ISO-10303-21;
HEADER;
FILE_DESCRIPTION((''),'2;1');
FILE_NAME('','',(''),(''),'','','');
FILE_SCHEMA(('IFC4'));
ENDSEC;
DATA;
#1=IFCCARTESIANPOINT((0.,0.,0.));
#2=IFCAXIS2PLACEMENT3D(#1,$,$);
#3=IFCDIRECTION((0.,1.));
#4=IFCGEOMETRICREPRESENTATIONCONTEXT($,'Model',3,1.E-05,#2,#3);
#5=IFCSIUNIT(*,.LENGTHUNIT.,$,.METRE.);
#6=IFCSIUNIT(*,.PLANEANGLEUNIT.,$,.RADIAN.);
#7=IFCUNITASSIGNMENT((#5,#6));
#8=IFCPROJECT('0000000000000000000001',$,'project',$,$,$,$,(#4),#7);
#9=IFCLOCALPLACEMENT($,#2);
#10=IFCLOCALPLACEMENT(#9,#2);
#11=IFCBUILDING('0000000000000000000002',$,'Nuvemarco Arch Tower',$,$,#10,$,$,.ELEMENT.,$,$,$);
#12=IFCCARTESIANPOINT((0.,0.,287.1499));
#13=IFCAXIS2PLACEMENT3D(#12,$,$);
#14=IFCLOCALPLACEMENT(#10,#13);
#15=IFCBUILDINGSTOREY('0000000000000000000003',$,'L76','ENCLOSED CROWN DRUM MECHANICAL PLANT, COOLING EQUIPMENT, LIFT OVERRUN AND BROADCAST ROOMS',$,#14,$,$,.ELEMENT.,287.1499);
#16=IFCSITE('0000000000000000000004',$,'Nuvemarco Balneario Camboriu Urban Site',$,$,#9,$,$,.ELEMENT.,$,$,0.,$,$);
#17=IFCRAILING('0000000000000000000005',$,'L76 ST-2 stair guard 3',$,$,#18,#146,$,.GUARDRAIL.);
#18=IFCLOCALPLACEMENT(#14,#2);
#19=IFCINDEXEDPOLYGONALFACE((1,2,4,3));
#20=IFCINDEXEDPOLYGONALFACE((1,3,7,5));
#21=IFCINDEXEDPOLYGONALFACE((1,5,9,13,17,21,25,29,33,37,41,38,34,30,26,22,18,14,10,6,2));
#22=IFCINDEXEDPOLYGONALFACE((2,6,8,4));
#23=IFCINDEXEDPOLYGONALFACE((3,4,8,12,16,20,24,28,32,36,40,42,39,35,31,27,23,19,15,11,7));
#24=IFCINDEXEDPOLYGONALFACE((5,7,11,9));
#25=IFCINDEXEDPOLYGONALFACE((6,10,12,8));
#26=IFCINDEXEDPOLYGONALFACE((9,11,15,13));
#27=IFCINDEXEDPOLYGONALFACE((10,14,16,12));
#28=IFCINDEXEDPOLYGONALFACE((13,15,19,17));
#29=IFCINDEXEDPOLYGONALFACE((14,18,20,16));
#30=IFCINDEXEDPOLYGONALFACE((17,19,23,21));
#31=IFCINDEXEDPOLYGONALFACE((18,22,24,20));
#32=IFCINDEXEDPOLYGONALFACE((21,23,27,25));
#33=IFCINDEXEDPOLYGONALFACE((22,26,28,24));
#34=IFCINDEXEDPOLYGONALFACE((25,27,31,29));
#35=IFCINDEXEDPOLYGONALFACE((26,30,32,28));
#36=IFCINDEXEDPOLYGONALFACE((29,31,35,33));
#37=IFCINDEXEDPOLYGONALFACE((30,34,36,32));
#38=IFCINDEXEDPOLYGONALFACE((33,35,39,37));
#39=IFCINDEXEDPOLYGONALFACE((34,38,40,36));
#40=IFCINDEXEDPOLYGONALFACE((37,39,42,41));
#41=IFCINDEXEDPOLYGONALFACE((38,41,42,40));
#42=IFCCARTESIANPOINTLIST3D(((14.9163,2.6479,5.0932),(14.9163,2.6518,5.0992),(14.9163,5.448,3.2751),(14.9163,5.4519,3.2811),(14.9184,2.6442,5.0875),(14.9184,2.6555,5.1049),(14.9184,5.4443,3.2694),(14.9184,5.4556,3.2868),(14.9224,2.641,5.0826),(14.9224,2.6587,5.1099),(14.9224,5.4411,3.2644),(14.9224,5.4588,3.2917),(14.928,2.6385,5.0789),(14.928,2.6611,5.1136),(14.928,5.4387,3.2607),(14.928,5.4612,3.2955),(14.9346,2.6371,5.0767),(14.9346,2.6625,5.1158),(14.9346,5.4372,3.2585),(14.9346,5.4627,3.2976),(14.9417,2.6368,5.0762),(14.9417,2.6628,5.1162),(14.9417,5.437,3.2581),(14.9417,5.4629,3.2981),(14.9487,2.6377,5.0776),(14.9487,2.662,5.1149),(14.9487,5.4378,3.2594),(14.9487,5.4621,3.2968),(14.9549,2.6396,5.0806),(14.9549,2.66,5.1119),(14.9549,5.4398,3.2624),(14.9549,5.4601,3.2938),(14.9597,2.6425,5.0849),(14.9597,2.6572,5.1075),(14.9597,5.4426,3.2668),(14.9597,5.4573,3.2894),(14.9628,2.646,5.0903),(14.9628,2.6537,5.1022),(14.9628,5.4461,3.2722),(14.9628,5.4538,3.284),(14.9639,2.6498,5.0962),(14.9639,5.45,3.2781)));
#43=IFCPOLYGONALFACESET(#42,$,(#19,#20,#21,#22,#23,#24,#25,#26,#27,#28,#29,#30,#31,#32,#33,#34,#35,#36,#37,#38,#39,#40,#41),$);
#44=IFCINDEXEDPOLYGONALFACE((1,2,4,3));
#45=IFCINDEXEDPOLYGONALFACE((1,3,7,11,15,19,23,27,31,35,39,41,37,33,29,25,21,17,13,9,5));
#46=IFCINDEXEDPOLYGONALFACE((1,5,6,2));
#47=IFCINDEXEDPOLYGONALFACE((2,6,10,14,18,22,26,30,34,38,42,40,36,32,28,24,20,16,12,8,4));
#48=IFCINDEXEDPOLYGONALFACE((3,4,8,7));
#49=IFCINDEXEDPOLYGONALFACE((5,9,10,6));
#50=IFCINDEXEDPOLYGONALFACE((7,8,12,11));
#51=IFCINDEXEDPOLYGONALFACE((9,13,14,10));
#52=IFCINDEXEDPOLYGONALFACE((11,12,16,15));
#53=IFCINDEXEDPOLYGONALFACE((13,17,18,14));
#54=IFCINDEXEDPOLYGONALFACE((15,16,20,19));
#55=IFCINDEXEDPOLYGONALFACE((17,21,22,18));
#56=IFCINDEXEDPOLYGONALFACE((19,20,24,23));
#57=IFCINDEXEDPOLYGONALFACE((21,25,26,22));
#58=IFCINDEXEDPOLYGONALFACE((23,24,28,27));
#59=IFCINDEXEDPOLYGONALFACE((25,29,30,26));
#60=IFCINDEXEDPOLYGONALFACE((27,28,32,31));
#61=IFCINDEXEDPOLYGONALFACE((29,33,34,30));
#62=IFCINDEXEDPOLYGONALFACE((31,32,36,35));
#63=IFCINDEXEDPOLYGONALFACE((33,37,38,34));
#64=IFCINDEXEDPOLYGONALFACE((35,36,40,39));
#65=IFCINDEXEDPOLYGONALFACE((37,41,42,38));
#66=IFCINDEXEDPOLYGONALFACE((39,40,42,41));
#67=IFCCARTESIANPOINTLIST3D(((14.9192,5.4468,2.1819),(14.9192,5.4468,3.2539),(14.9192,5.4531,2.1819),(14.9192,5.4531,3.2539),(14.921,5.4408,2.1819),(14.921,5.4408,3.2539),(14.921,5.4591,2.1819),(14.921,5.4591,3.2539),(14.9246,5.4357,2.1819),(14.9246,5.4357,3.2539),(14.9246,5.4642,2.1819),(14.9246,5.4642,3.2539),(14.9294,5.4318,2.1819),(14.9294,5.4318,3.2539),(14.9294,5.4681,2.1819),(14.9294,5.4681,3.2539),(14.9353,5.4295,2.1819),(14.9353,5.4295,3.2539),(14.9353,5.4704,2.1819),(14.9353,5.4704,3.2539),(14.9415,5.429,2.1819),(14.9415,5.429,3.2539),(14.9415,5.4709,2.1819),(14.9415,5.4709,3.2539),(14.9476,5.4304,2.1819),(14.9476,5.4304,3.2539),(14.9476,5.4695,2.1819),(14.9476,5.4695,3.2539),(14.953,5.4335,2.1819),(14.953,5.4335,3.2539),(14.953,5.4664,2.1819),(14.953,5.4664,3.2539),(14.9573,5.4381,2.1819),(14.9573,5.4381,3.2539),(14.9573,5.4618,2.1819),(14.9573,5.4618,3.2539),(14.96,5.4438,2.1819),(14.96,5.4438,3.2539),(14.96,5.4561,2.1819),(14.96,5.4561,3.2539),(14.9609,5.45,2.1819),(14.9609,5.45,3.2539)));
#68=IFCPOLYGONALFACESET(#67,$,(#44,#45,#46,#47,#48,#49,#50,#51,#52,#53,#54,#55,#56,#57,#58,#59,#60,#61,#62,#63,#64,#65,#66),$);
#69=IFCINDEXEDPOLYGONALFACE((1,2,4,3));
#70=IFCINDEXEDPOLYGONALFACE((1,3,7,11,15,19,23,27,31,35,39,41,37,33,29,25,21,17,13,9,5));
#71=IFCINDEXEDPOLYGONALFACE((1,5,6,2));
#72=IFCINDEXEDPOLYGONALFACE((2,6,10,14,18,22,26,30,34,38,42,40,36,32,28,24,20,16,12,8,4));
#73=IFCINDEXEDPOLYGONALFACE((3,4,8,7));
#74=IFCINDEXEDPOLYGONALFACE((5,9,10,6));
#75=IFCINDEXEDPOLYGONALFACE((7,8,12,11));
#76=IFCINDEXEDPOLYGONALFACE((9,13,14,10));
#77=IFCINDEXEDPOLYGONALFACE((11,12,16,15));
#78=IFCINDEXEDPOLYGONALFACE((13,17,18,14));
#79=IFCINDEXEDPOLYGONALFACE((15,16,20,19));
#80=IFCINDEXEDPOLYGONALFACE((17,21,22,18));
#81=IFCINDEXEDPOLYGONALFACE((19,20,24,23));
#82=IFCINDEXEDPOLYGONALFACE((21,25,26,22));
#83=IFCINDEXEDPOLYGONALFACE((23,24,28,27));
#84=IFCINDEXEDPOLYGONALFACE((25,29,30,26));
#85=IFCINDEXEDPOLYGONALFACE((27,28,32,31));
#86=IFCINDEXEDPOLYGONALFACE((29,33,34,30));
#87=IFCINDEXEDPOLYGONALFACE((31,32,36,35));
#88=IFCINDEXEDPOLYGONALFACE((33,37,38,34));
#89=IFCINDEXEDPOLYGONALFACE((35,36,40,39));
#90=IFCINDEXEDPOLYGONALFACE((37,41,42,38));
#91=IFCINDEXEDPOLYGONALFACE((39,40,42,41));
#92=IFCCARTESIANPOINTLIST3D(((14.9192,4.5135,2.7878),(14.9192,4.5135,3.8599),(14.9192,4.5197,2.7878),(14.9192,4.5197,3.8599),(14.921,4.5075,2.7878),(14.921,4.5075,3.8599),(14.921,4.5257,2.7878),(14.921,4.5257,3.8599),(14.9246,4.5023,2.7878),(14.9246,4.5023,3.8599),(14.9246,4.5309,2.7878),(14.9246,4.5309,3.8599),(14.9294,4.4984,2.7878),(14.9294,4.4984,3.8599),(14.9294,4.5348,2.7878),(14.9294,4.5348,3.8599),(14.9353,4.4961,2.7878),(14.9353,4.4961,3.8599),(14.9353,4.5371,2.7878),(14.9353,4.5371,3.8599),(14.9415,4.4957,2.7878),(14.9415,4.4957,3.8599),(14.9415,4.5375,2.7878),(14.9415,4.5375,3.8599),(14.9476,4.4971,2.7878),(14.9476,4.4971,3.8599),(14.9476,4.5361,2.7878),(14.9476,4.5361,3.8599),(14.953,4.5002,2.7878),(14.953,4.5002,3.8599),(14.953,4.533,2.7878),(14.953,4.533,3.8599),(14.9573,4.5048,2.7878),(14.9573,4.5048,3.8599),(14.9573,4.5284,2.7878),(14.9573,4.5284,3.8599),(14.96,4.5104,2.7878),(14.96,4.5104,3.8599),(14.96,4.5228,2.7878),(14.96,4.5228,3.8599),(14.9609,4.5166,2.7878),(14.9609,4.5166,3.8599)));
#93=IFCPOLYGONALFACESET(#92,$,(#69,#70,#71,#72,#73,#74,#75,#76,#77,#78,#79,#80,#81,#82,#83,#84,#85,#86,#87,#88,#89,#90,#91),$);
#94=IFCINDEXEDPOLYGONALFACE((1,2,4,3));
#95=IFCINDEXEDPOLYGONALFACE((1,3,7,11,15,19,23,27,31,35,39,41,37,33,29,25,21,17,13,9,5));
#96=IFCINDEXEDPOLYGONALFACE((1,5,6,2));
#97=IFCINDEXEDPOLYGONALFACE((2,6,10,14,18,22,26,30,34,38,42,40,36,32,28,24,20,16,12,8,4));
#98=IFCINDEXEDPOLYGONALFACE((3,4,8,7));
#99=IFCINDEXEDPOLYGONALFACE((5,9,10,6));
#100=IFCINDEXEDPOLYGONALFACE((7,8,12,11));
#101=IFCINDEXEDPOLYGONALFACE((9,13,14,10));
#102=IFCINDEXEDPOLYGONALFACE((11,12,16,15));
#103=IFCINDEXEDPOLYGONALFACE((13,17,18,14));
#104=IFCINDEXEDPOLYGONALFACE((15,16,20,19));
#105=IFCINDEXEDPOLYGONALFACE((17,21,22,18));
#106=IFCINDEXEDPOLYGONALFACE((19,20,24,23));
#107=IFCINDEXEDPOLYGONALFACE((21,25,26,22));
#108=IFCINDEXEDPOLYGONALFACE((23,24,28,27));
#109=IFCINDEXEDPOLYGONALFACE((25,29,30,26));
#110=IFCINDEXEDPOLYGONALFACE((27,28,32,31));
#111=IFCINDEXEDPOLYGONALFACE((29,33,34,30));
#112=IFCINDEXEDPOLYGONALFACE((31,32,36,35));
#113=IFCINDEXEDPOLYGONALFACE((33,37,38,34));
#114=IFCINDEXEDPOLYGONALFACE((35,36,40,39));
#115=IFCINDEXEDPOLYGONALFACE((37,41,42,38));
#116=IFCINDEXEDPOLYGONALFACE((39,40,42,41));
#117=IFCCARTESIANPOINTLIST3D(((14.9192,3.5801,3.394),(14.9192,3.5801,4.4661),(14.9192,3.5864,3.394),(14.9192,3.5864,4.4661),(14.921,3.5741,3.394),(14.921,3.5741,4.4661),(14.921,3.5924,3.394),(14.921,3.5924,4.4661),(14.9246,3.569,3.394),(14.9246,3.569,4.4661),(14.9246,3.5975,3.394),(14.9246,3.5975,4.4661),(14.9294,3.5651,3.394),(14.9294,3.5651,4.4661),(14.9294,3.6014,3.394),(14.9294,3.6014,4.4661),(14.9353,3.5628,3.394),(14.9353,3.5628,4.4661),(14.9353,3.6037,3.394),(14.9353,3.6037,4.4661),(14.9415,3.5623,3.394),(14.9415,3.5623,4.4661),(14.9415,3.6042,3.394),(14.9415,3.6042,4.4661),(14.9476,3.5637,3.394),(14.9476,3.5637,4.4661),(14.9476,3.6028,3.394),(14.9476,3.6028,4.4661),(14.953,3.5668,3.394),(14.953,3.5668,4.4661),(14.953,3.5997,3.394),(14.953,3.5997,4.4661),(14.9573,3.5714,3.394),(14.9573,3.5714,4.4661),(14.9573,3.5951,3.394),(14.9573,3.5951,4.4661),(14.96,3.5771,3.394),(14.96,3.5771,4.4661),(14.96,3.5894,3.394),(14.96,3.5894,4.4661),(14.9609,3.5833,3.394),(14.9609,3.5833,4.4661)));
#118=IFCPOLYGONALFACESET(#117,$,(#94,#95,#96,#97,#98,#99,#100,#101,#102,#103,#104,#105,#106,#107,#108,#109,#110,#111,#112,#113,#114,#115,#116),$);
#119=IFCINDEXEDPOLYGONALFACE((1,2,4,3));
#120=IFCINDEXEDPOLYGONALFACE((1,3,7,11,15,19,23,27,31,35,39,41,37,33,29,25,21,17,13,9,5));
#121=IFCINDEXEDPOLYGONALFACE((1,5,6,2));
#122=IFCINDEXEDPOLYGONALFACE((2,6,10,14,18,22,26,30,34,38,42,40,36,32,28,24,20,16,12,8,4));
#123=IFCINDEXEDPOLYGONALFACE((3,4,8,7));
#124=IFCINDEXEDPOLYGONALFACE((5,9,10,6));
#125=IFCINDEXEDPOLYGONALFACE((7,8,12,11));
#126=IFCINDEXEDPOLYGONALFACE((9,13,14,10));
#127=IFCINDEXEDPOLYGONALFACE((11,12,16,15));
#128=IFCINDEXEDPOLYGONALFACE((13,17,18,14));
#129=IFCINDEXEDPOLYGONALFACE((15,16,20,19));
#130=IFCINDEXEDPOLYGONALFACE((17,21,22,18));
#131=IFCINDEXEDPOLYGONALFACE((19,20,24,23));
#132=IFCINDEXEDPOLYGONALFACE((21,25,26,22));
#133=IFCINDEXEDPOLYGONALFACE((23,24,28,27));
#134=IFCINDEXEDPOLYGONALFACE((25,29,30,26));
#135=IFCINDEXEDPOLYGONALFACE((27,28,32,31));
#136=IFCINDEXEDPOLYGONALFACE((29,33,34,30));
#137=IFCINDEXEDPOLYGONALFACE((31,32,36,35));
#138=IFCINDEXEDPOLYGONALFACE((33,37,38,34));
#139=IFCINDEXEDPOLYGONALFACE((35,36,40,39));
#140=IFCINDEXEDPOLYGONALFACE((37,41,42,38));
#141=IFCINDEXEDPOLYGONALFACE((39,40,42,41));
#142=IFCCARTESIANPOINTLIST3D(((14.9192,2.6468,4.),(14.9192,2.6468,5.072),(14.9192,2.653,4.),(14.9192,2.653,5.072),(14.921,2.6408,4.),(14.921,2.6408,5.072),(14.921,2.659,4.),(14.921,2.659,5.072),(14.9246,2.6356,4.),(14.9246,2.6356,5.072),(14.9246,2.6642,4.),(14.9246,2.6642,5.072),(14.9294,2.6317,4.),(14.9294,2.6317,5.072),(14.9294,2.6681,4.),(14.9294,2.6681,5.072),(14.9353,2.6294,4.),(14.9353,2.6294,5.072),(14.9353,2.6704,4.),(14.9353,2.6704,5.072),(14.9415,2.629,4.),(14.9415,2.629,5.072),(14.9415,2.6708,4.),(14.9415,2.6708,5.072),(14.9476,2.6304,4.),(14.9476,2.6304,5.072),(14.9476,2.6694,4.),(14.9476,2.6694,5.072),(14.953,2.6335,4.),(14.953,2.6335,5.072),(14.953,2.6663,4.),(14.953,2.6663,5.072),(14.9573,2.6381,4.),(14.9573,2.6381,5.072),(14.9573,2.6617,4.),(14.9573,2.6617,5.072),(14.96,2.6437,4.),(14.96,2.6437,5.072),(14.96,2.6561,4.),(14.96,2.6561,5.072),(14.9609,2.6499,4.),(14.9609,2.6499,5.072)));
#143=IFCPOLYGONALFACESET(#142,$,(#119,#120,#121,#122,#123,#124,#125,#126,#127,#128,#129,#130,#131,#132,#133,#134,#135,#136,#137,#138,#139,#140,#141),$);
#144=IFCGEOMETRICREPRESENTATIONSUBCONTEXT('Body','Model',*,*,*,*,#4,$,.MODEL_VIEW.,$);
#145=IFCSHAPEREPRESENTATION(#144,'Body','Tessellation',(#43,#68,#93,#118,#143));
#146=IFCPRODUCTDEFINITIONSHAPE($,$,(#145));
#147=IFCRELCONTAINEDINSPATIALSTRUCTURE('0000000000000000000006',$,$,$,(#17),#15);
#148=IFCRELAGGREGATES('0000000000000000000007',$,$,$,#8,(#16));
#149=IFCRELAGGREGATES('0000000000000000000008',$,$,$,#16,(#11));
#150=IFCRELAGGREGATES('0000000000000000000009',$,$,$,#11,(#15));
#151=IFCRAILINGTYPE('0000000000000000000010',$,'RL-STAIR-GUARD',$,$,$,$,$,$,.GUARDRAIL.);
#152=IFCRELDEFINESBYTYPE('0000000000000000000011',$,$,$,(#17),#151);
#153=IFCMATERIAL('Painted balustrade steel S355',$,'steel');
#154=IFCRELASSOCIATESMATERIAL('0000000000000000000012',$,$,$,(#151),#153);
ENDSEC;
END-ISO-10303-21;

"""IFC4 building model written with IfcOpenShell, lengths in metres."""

from ifc_helpers import new_model, si_unit, direction, frame, origin, origin_2d, place, context, subcontext, project, spatial, circle, extrude, material, type_object, element, save


model = new_model("IFC4")

# Units and contexts
model_context = context("Model", 3, precision=1e-05, world=origin(), true_north=direction((0.0, 1.0)))
body_context = subcontext(model_context, "Body", "Model", "MODEL_VIEW")
ifc_project = project(units=[si_unit("LENGTHUNIT", "METRE"), si_unit("PLANEANGLEUNIT", "RADIAN")], contexts=[model_context])

# Site, building, storey
site_placement = place(None, origin())
site = spatial("IfcSite", under=ifc_project, at=site_placement, Name="Nuvemarco Balneario Camboriu Urban Site", CompositionType="ELEMENT", RefElevation=0.0)
building_placement = place(site_placement, origin())
building = spatial("IfcBuilding", under=site, at=building_placement, Name="Nuvemarco Arch Tower", CompositionType="ELEMENT")
storey_placement = place(building_placement, frame((0.0, 0.0, 287.1499)))
storey = spatial("IfcBuildingStorey", under=building, at=storey_placement, Name="L76", Description="ENCLOSED CROWN DRUM MECHANICAL PLANT, COOLING EQUIPMENT, LIFT OVERRUN AND BROADCAST ROOMS", CompositionType="ELEMENT", Elevation=287.1499)

# Railing
ifc_material_1 = material(Name="Painted balustrade steel S355", Category="steel")
railing_type_1 = type_object("IfcRailingType", Name="RL-STAIR-GUARD", PredefinedType="GUARDRAIL", material=ifc_material_1)
railing_1_placement = place(storey_placement, frame((14.9399, 5.45, 2.1819)))
element("IfcRailing", 1, at=railing_1_placement, inside=storey, type_object=railing_type_1, Name="L76 ST-2 stair guard 3", PredefinedType="GUARDRAIL", context=body_context, shape_type="SweptSolid", body=[
    extrude(circle(Radius=0.0239, at=origin_2d()), frame((0.0, 0.0, 1.0962), z_axis=(0.0, -0.838706, 0.544585), x_axis=(1.0, 0.0, 0.0)), (0.0, 0.0, 1.0), 3.3386),
    extrude(circle(Radius=0.021, at=origin_2d()), origin(), (0.0, 0.0, 1.0), 1.072),
    extrude(circle(Radius=0.021, at=origin_2d()), frame((0.0, -0.9333, 0.606)), (0.0, 0.0, 1.0), 1.072),
    extrude(circle(Radius=0.021, at=origin_2d()), frame((0.0, -1.8667, 1.2122)), (0.0, 0.0, 1.0), 1.072),
    extrude(circle(Radius=0.021, at=origin_2d()), frame((0.0, -2.8, 1.8181)), (0.0, 0.0, 1.0), 1.072),
])

save(model, "model.ifc")
